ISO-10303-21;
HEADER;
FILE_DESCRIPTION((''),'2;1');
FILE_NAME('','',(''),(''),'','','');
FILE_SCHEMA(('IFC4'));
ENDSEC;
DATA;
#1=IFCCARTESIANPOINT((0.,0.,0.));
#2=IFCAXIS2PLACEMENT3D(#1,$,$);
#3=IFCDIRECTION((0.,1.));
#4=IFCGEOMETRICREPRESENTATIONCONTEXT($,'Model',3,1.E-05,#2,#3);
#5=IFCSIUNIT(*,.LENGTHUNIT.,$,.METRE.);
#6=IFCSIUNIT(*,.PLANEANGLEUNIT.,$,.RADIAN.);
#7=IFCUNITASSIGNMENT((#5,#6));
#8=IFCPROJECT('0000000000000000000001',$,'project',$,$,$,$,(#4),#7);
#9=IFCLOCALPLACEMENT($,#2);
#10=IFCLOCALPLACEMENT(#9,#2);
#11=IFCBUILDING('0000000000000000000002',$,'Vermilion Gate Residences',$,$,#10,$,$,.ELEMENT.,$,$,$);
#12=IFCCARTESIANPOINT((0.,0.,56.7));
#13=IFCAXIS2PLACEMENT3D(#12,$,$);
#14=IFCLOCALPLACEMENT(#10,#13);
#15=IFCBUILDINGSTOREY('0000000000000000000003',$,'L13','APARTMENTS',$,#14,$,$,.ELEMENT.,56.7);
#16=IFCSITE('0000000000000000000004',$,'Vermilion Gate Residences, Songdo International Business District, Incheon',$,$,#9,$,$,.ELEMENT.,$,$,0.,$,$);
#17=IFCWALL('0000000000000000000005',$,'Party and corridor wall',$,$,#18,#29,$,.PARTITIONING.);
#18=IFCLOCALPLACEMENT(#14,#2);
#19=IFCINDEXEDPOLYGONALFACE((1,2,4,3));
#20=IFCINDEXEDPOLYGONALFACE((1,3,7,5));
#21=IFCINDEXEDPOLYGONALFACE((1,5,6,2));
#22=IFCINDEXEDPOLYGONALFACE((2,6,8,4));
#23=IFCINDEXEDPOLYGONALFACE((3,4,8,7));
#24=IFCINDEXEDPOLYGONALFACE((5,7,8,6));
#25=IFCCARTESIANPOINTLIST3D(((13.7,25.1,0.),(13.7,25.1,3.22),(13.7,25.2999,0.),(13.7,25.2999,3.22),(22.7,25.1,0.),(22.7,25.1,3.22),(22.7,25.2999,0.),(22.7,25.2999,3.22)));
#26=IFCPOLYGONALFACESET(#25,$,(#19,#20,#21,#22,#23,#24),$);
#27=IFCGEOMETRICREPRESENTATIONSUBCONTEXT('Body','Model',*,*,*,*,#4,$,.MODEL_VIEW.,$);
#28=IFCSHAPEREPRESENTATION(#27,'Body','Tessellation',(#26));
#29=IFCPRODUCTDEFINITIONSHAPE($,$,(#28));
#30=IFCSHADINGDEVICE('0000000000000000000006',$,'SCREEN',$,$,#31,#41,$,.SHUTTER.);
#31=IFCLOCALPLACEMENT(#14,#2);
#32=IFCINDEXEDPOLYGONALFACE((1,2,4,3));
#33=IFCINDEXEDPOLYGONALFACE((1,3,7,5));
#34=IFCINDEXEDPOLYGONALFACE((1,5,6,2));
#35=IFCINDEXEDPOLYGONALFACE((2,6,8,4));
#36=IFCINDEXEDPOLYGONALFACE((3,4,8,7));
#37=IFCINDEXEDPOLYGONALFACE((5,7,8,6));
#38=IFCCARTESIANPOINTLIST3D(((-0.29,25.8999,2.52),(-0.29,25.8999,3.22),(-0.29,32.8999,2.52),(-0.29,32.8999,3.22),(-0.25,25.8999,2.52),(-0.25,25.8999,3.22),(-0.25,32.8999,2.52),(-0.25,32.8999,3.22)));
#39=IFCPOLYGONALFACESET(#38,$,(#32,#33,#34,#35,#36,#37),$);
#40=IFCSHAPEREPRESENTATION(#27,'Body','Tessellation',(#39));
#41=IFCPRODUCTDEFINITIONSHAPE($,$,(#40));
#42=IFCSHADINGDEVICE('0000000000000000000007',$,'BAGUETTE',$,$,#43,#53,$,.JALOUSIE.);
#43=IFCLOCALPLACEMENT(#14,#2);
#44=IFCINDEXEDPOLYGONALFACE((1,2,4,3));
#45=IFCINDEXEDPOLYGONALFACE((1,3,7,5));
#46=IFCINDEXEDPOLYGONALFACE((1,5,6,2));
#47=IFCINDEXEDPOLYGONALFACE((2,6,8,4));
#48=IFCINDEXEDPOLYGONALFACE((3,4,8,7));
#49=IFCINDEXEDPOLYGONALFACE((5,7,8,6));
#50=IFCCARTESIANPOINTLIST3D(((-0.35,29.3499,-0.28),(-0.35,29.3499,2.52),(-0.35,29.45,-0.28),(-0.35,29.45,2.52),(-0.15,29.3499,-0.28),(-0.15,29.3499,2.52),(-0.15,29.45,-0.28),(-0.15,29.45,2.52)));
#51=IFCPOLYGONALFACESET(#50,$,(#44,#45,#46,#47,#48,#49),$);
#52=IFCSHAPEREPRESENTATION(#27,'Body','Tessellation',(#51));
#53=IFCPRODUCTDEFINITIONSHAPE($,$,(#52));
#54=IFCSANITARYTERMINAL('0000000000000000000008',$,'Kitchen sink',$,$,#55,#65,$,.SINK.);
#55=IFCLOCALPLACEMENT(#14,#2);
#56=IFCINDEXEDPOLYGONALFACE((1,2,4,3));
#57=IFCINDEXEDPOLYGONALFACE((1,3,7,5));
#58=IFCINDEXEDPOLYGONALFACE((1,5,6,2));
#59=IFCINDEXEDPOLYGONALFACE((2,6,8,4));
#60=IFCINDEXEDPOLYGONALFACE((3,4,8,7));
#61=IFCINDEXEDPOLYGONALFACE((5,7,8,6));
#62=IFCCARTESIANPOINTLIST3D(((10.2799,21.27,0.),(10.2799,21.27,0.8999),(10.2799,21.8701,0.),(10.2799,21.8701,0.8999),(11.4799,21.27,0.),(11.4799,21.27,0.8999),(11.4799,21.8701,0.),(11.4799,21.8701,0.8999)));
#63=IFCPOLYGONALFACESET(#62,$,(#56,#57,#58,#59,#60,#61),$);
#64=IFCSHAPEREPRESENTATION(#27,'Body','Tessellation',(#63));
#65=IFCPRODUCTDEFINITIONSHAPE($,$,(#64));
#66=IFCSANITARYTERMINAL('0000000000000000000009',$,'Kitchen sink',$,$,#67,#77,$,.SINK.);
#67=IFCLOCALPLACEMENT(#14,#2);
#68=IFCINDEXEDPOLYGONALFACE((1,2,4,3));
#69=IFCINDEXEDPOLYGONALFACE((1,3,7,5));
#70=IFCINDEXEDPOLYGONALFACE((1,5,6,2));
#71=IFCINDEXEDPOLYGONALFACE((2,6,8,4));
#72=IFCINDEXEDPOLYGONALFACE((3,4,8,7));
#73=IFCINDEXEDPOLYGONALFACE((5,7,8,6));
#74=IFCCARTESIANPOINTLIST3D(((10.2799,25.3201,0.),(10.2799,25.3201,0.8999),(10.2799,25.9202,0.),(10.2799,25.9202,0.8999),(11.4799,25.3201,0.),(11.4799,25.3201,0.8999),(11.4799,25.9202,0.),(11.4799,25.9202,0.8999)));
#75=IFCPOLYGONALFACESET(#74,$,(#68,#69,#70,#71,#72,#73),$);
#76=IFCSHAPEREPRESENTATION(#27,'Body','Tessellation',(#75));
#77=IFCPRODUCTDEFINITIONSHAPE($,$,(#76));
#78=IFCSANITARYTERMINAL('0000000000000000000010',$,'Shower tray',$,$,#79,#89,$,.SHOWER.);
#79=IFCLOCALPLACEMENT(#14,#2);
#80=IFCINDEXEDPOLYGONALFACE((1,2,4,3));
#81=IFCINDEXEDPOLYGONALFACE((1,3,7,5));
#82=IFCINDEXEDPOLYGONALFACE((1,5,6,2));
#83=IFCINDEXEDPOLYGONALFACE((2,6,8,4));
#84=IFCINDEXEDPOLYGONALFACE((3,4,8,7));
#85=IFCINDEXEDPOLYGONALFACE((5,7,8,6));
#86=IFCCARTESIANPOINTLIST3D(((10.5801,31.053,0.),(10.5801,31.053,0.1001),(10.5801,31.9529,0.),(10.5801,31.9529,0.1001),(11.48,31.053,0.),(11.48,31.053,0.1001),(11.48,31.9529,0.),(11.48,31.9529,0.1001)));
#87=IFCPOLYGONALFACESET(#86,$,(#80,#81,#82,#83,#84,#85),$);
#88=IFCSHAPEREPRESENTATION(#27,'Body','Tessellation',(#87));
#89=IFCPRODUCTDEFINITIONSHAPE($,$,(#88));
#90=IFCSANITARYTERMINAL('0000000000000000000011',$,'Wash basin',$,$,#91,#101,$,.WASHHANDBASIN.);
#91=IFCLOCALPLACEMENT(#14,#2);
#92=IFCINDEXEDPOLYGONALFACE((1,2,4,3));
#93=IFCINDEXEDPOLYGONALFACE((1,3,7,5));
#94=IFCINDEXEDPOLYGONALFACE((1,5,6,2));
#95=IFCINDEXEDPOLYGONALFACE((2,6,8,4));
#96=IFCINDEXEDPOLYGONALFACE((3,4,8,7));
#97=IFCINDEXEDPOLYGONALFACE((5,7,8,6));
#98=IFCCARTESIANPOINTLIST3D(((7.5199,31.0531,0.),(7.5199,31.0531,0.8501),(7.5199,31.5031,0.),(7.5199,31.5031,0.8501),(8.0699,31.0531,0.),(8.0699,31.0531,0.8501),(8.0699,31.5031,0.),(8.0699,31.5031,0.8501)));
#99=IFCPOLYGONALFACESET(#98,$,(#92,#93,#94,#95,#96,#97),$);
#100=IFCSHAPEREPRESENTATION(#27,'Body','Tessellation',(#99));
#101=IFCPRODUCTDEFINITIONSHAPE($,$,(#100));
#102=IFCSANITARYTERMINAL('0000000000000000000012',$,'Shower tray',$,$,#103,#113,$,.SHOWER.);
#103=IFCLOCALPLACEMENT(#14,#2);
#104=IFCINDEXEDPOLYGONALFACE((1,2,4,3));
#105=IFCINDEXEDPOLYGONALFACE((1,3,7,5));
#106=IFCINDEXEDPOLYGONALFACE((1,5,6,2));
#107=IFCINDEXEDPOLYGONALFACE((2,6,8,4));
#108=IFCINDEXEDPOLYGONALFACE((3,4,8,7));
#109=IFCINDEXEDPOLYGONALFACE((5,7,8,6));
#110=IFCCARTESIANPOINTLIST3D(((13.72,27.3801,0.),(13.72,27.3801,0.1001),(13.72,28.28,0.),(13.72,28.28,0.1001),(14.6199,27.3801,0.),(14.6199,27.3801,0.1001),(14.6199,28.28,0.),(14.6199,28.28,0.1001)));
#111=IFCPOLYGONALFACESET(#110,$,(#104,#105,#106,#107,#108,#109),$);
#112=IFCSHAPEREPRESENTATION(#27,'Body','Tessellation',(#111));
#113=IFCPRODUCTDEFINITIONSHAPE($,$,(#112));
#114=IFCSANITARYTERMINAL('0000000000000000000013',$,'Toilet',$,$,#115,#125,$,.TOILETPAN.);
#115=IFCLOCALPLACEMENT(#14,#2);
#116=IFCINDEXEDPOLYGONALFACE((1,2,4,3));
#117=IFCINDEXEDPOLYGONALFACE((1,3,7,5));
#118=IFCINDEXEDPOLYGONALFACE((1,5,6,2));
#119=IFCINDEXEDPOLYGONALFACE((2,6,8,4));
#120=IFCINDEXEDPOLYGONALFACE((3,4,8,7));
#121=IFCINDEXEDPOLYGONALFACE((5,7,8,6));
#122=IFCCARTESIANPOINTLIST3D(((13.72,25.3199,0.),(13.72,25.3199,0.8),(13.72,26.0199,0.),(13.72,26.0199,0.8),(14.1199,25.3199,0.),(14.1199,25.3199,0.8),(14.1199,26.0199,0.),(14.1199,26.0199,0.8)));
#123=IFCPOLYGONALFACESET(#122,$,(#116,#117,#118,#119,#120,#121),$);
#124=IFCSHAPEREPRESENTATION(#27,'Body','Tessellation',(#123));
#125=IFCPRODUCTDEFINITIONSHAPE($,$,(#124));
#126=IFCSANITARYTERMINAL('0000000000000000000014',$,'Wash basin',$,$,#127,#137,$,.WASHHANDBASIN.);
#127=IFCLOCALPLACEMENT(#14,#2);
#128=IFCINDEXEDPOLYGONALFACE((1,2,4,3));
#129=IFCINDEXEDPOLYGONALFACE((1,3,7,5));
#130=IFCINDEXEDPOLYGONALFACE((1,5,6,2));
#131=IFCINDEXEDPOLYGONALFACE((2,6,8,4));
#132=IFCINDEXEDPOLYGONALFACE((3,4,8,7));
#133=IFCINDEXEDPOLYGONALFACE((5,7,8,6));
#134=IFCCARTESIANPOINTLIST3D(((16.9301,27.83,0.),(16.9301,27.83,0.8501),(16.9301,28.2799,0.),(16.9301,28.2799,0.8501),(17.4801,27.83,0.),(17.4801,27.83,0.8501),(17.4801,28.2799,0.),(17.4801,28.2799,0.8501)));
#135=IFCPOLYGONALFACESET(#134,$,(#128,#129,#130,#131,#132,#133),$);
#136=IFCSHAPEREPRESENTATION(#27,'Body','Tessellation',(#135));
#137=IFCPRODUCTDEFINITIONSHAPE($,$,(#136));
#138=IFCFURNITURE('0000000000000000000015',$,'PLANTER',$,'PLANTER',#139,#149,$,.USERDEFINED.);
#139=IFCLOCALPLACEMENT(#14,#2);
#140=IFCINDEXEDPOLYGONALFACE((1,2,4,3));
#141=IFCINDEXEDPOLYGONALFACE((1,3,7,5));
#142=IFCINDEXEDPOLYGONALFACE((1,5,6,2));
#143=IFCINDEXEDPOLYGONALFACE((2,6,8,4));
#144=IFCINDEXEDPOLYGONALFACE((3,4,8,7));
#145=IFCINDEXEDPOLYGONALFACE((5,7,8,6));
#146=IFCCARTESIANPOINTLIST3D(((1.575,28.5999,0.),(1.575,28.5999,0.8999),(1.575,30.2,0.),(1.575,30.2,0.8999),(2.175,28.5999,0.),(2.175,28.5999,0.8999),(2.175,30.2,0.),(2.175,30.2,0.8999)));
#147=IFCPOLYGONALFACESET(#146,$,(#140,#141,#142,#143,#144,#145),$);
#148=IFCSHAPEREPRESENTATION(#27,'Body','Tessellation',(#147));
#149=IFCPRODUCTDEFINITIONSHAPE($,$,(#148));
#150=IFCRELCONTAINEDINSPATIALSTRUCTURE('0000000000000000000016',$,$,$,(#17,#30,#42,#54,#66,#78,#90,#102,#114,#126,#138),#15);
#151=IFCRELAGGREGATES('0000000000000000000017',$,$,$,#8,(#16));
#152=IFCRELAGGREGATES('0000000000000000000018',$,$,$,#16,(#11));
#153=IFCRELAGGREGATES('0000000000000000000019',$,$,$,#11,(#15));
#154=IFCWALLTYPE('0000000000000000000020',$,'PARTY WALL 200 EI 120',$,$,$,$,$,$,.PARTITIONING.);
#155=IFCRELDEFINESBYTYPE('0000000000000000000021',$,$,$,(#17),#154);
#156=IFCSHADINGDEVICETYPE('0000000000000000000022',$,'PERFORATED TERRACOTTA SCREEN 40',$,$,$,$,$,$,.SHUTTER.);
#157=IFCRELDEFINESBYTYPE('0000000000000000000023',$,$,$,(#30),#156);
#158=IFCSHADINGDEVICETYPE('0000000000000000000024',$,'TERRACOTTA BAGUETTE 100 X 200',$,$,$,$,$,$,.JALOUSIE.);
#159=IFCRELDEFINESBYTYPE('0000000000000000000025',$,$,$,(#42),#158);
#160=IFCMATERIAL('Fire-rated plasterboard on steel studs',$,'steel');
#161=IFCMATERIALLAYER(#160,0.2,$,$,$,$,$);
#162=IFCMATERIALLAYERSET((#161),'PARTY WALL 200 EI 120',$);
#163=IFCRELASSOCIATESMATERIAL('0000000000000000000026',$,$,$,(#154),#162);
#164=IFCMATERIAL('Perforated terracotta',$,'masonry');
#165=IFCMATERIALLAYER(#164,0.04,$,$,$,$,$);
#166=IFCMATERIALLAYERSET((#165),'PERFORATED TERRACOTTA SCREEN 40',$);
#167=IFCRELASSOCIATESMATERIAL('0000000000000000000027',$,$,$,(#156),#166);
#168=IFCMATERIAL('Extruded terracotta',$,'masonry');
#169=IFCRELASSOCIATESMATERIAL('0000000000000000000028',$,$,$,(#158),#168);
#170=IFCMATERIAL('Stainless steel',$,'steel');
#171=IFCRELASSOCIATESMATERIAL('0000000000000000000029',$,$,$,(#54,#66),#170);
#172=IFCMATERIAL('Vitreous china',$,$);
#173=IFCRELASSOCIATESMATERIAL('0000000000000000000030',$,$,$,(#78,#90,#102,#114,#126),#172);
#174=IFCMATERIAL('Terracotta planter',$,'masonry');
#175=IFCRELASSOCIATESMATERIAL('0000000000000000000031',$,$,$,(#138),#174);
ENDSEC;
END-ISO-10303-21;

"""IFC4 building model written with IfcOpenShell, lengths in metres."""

from ifc_helpers import new_model, si_unit, direction, frame, frame_2d, origin, origin_2d, place, context, subcontext, project, spatial, rectangle, extrude, material, layer, layer_set, material_profile, profile_set, type_object, element, save


model = new_model("IFC4")

# Units and contexts
model_context = context("Model", 3, precision=1e-05, world=origin(), true_north=direction((0.0, 1.0)))
body_context = subcontext(model_context, "Body", "Model", "MODEL_VIEW")
ifc_project = project(units=[si_unit("LENGTHUNIT", "METRE"), si_unit("PLANEANGLEUNIT", "RADIAN")], contexts=[model_context])

# Site, building, storey
site_placement = place(None, origin())
site = spatial("IfcSite", under=ifc_project, at=site_placement, Name="Vermilion Gate Residences, Songdo International Business District, Incheon", CompositionType="ELEMENT", RefElevation=0.0)
building_placement = place(site_placement, origin())
building = spatial("IfcBuilding", under=site, at=building_placement, Name="Vermilion Gate Residences", CompositionType="ELEMENT")
storey_placement = place(building_placement, frame((0.0, 0.0, 56.7)))
storey = spatial("IfcBuildingStorey", under=building, at=storey_placement, Name="L13", Description="APARTMENTS", CompositionType="ELEMENT", Elevation=56.7)

# Wall
ifc_material_1 = material(Name="Fire-rated plasterboard on steel studs", Category="steel")
ifc_layer_1 = layer(ifc_material_1, 0.2)
ifc_layer_set_1 = layer_set([ifc_layer_1], Name="PARTY WALL 200 EI 120")
wall_type_1 = type_object("IfcWallType", Name="PARTY WALL 200 EI 120", PredefinedType="PARTITIONING", material=ifc_layer_set_1)
wall_1_placement = place(storey_placement, frame((13.7, 25.2, 0.0), z_axis=(0.0, 0.0, 1.0), x_axis=(1.0, 0.0, 0.0)))
element("IfcWall", 1, at=wall_1_placement, inside=storey, type_object=wall_type_1, Name="Party and corridor wall", PredefinedType="PARTITIONING", context=body_context, shape_type="SweptSolid", body=[
    extrude(rectangle(XDim=9.0, YDim=0.2, at=frame_2d((4.5, 0.0))), origin(), (0.0, 0.0, 1.0), 3.22),
])

# Shading devices
ifc_material_2 = material(Name="Perforated terracotta", Category="masonry")
ifc_layer_2 = layer(ifc_material_2, 0.04)
ifc_layer_set_2 = layer_set([ifc_layer_2], Name="PERFORATED TERRACOTTA SCREEN 40")
shading_device_type_1 = type_object("IfcShadingDeviceType", Name="PERFORATED TERRACOTTA SCREEN 40", PredefinedType="SHUTTER", material=ifc_layer_set_2)
shading_device_1_placement = place(storey_placement, frame((-0.27, 29.3999, 2.52), z_axis=(0.0, 0.0, 1.0), x_axis=(0.0, -1.0, 0.0)))
element("IfcShadingDevice", 2, at=shading_device_1_placement, inside=storey, type_object=shading_device_type_1, Name="SCREEN", PredefinedType="SHUTTER", context=body_context, shape_type="SweptSolid", body=[
    extrude(rectangle(XDim=7.0, YDim=0.04, at=origin_2d()), origin(), (0.0, 0.0, 1.0), 0.7),
])
ifc_material_3 = material(Name="Extruded terracotta", Category="masonry")
ifc_material_profile_1 = material_profile(ifc_material_3, rectangle(XDim=0.2, YDim=0.1001, at=origin_2d()), Name="BAGUETTE 100 X 200")
ifc_profile_set_1 = profile_set([ifc_material_profile_1], Name="Extruded terracotta")
shading_device_type_2 = type_object("IfcShadingDeviceType", Name="TERRACOTTA BAGUETTE 100 X 200", PredefinedType="JALOUSIE", material=ifc_profile_set_1)
shading_device_2_placement = place(storey_placement, frame((-0.25, 29.3999, -0.28), z_axis=(0.0, 0.0, 1.0), x_axis=(1.0, 0.0, 0.0)))
element("IfcShadingDevice", 3, at=shading_device_2_placement, inside=storey, type_object=shading_device_type_2, Name="BAGUETTE", PredefinedType="JALOUSIE", context=body_context, shape_type="SweptSolid", body=[
    extrude(rectangle(XDim=0.2, YDim=0.1001, at=origin_2d()), origin(), (0.0, 0.0, 1.0), 2.8),
])

# Sanitary terminals
ifc_material_4 = material(Name="Stainless steel", Category="steel")
for number, where, z_axis, x_axis, name in (
    (4, (10.8799, 21.5701, 0.0), (0.0, 0.0, 1.0), (1.0, 0.0, 0.0), "Kitchen sink"),
    (5, (10.8799, 25.6201, 0.0), (0.0, 0.0, 1.0), (1.0, 0.0, 0.0), "Kitchen sink"),
):
    element("IfcSanitaryTerminal", number, at=place(storey_placement, frame(where, z_axis=z_axis, x_axis=x_axis)), inside=storey, material=ifc_material_4, Name=name, PredefinedType="SINK", context=body_context, shape_type="SweptSolid", body=[
        extrude(rectangle(XDim=1.2, YDim=0.6001, at=origin_2d()), origin(), (0.0, 0.0, 1.0), 0.8999),
    ])
ifc_material_5 = material(Name="Vitreous china")
sanitary_terminal_1_placement = place(storey_placement, frame((11.03, 31.5029, 0.0), z_axis=(0.0, 0.0, 1.0), x_axis=(1.0, 0.0, 0.0)))
element("IfcSanitaryTerminal", 6, at=sanitary_terminal_1_placement, inside=storey, material=ifc_material_5, Name="Shower tray", PredefinedType="SHOWER", context=body_context, shape_type="SweptSolid", body=[
    extrude(rectangle(XDim=0.8999, YDim=0.8999, at=origin_2d()), origin(), (0.0, 0.0, 1.0), 0.1001),
])
sanitary_terminal_2_placement = place(storey_placement, frame((7.7949, 31.2781, 0.0), z_axis=(0.0, 0.0, 1.0), x_axis=(1.0, 0.0, 0.0)))
element("IfcSanitaryTerminal", 7, at=sanitary_terminal_2_placement, inside=storey, material=ifc_material_5, Name="Wash basin", PredefinedType="WASHHANDBASIN", context=body_context, shape_type="SweptSolid", body=[
    extrude(rectangle(XDim=0.55, YDim=0.45, at=origin_2d()), origin(), (0.0, 0.0, 1.0), 0.8501),
])
sanitary_terminal_3_placement = place(storey_placement, frame((14.1699, 27.8301, 0.0), z_axis=(0.0, 0.0, 1.0), x_axis=(1.0, 0.0, 0.0)))
element("IfcSanitaryTerminal", 8, at=sanitary_terminal_3_placement, inside=storey, material=ifc_material_5, Name="Shower tray", PredefinedType="SHOWER", context=body_context, shape_type="SweptSolid", body=[
    extrude(rectangle(XDim=0.8999, YDim=0.8999, at=origin_2d()), origin(), (0.0, 0.0, 1.0), 0.1001),
])
sanitary_terminal_4_placement = place(storey_placement, frame((13.9199, 25.6699, 0.0), z_axis=(0.0, 0.0, 1.0), x_axis=(1.0, 0.0, 0.0)))
element("IfcSanitaryTerminal", 9, at=sanitary_terminal_4_placement, inside=storey, material=ifc_material_5, Name="Toilet", PredefinedType="TOILETPAN", context=body_context, shape_type="SweptSolid", body=[
    extrude(rectangle(XDim=0.3999, YDim=0.7, at=origin_2d()), origin(), (0.0, 0.0, 1.0), 0.8),
])
sanitary_terminal_5_placement = place(storey_placement, frame((17.2051, 28.0549, 0.0), z_axis=(0.0, 0.0, 1.0), x_axis=(1.0, 0.0, 0.0)))
element("IfcSanitaryTerminal", 10, at=sanitary_terminal_5_placement, inside=storey, material=ifc_material_5, Name="Wash basin", PredefinedType="WASHHANDBASIN", context=body_context, shape_type="SweptSolid", body=[
    extrude(rectangle(XDim=0.55, YDim=0.45, at=origin_2d()), origin(), (0.0, 0.0, 1.0), 0.8501),
])

# Furniture
ifc_material_6 = material(Name="Terracotta planter", Category="masonry")
furniture_placement = place(storey_placement, frame((1.875, 29.3999, 0.0), z_axis=(0.0, 0.0, 1.0), x_axis=(0.0, -1.0, 0.0)))
element("IfcFurniture", 11, at=furniture_placement, inside=storey, material=ifc_material_6, Name="PLANTER", ObjectType="PLANTER", PredefinedType="USERDEFINED", context=body_context, shape_type="SweptSolid", body=[
    extrude(rectangle(XDim=1.6001, YDim=0.6001, at=origin_2d()), origin(), (0.0, 0.0, 1.0), 0.8999),
])

save(model, "model.ifc")
